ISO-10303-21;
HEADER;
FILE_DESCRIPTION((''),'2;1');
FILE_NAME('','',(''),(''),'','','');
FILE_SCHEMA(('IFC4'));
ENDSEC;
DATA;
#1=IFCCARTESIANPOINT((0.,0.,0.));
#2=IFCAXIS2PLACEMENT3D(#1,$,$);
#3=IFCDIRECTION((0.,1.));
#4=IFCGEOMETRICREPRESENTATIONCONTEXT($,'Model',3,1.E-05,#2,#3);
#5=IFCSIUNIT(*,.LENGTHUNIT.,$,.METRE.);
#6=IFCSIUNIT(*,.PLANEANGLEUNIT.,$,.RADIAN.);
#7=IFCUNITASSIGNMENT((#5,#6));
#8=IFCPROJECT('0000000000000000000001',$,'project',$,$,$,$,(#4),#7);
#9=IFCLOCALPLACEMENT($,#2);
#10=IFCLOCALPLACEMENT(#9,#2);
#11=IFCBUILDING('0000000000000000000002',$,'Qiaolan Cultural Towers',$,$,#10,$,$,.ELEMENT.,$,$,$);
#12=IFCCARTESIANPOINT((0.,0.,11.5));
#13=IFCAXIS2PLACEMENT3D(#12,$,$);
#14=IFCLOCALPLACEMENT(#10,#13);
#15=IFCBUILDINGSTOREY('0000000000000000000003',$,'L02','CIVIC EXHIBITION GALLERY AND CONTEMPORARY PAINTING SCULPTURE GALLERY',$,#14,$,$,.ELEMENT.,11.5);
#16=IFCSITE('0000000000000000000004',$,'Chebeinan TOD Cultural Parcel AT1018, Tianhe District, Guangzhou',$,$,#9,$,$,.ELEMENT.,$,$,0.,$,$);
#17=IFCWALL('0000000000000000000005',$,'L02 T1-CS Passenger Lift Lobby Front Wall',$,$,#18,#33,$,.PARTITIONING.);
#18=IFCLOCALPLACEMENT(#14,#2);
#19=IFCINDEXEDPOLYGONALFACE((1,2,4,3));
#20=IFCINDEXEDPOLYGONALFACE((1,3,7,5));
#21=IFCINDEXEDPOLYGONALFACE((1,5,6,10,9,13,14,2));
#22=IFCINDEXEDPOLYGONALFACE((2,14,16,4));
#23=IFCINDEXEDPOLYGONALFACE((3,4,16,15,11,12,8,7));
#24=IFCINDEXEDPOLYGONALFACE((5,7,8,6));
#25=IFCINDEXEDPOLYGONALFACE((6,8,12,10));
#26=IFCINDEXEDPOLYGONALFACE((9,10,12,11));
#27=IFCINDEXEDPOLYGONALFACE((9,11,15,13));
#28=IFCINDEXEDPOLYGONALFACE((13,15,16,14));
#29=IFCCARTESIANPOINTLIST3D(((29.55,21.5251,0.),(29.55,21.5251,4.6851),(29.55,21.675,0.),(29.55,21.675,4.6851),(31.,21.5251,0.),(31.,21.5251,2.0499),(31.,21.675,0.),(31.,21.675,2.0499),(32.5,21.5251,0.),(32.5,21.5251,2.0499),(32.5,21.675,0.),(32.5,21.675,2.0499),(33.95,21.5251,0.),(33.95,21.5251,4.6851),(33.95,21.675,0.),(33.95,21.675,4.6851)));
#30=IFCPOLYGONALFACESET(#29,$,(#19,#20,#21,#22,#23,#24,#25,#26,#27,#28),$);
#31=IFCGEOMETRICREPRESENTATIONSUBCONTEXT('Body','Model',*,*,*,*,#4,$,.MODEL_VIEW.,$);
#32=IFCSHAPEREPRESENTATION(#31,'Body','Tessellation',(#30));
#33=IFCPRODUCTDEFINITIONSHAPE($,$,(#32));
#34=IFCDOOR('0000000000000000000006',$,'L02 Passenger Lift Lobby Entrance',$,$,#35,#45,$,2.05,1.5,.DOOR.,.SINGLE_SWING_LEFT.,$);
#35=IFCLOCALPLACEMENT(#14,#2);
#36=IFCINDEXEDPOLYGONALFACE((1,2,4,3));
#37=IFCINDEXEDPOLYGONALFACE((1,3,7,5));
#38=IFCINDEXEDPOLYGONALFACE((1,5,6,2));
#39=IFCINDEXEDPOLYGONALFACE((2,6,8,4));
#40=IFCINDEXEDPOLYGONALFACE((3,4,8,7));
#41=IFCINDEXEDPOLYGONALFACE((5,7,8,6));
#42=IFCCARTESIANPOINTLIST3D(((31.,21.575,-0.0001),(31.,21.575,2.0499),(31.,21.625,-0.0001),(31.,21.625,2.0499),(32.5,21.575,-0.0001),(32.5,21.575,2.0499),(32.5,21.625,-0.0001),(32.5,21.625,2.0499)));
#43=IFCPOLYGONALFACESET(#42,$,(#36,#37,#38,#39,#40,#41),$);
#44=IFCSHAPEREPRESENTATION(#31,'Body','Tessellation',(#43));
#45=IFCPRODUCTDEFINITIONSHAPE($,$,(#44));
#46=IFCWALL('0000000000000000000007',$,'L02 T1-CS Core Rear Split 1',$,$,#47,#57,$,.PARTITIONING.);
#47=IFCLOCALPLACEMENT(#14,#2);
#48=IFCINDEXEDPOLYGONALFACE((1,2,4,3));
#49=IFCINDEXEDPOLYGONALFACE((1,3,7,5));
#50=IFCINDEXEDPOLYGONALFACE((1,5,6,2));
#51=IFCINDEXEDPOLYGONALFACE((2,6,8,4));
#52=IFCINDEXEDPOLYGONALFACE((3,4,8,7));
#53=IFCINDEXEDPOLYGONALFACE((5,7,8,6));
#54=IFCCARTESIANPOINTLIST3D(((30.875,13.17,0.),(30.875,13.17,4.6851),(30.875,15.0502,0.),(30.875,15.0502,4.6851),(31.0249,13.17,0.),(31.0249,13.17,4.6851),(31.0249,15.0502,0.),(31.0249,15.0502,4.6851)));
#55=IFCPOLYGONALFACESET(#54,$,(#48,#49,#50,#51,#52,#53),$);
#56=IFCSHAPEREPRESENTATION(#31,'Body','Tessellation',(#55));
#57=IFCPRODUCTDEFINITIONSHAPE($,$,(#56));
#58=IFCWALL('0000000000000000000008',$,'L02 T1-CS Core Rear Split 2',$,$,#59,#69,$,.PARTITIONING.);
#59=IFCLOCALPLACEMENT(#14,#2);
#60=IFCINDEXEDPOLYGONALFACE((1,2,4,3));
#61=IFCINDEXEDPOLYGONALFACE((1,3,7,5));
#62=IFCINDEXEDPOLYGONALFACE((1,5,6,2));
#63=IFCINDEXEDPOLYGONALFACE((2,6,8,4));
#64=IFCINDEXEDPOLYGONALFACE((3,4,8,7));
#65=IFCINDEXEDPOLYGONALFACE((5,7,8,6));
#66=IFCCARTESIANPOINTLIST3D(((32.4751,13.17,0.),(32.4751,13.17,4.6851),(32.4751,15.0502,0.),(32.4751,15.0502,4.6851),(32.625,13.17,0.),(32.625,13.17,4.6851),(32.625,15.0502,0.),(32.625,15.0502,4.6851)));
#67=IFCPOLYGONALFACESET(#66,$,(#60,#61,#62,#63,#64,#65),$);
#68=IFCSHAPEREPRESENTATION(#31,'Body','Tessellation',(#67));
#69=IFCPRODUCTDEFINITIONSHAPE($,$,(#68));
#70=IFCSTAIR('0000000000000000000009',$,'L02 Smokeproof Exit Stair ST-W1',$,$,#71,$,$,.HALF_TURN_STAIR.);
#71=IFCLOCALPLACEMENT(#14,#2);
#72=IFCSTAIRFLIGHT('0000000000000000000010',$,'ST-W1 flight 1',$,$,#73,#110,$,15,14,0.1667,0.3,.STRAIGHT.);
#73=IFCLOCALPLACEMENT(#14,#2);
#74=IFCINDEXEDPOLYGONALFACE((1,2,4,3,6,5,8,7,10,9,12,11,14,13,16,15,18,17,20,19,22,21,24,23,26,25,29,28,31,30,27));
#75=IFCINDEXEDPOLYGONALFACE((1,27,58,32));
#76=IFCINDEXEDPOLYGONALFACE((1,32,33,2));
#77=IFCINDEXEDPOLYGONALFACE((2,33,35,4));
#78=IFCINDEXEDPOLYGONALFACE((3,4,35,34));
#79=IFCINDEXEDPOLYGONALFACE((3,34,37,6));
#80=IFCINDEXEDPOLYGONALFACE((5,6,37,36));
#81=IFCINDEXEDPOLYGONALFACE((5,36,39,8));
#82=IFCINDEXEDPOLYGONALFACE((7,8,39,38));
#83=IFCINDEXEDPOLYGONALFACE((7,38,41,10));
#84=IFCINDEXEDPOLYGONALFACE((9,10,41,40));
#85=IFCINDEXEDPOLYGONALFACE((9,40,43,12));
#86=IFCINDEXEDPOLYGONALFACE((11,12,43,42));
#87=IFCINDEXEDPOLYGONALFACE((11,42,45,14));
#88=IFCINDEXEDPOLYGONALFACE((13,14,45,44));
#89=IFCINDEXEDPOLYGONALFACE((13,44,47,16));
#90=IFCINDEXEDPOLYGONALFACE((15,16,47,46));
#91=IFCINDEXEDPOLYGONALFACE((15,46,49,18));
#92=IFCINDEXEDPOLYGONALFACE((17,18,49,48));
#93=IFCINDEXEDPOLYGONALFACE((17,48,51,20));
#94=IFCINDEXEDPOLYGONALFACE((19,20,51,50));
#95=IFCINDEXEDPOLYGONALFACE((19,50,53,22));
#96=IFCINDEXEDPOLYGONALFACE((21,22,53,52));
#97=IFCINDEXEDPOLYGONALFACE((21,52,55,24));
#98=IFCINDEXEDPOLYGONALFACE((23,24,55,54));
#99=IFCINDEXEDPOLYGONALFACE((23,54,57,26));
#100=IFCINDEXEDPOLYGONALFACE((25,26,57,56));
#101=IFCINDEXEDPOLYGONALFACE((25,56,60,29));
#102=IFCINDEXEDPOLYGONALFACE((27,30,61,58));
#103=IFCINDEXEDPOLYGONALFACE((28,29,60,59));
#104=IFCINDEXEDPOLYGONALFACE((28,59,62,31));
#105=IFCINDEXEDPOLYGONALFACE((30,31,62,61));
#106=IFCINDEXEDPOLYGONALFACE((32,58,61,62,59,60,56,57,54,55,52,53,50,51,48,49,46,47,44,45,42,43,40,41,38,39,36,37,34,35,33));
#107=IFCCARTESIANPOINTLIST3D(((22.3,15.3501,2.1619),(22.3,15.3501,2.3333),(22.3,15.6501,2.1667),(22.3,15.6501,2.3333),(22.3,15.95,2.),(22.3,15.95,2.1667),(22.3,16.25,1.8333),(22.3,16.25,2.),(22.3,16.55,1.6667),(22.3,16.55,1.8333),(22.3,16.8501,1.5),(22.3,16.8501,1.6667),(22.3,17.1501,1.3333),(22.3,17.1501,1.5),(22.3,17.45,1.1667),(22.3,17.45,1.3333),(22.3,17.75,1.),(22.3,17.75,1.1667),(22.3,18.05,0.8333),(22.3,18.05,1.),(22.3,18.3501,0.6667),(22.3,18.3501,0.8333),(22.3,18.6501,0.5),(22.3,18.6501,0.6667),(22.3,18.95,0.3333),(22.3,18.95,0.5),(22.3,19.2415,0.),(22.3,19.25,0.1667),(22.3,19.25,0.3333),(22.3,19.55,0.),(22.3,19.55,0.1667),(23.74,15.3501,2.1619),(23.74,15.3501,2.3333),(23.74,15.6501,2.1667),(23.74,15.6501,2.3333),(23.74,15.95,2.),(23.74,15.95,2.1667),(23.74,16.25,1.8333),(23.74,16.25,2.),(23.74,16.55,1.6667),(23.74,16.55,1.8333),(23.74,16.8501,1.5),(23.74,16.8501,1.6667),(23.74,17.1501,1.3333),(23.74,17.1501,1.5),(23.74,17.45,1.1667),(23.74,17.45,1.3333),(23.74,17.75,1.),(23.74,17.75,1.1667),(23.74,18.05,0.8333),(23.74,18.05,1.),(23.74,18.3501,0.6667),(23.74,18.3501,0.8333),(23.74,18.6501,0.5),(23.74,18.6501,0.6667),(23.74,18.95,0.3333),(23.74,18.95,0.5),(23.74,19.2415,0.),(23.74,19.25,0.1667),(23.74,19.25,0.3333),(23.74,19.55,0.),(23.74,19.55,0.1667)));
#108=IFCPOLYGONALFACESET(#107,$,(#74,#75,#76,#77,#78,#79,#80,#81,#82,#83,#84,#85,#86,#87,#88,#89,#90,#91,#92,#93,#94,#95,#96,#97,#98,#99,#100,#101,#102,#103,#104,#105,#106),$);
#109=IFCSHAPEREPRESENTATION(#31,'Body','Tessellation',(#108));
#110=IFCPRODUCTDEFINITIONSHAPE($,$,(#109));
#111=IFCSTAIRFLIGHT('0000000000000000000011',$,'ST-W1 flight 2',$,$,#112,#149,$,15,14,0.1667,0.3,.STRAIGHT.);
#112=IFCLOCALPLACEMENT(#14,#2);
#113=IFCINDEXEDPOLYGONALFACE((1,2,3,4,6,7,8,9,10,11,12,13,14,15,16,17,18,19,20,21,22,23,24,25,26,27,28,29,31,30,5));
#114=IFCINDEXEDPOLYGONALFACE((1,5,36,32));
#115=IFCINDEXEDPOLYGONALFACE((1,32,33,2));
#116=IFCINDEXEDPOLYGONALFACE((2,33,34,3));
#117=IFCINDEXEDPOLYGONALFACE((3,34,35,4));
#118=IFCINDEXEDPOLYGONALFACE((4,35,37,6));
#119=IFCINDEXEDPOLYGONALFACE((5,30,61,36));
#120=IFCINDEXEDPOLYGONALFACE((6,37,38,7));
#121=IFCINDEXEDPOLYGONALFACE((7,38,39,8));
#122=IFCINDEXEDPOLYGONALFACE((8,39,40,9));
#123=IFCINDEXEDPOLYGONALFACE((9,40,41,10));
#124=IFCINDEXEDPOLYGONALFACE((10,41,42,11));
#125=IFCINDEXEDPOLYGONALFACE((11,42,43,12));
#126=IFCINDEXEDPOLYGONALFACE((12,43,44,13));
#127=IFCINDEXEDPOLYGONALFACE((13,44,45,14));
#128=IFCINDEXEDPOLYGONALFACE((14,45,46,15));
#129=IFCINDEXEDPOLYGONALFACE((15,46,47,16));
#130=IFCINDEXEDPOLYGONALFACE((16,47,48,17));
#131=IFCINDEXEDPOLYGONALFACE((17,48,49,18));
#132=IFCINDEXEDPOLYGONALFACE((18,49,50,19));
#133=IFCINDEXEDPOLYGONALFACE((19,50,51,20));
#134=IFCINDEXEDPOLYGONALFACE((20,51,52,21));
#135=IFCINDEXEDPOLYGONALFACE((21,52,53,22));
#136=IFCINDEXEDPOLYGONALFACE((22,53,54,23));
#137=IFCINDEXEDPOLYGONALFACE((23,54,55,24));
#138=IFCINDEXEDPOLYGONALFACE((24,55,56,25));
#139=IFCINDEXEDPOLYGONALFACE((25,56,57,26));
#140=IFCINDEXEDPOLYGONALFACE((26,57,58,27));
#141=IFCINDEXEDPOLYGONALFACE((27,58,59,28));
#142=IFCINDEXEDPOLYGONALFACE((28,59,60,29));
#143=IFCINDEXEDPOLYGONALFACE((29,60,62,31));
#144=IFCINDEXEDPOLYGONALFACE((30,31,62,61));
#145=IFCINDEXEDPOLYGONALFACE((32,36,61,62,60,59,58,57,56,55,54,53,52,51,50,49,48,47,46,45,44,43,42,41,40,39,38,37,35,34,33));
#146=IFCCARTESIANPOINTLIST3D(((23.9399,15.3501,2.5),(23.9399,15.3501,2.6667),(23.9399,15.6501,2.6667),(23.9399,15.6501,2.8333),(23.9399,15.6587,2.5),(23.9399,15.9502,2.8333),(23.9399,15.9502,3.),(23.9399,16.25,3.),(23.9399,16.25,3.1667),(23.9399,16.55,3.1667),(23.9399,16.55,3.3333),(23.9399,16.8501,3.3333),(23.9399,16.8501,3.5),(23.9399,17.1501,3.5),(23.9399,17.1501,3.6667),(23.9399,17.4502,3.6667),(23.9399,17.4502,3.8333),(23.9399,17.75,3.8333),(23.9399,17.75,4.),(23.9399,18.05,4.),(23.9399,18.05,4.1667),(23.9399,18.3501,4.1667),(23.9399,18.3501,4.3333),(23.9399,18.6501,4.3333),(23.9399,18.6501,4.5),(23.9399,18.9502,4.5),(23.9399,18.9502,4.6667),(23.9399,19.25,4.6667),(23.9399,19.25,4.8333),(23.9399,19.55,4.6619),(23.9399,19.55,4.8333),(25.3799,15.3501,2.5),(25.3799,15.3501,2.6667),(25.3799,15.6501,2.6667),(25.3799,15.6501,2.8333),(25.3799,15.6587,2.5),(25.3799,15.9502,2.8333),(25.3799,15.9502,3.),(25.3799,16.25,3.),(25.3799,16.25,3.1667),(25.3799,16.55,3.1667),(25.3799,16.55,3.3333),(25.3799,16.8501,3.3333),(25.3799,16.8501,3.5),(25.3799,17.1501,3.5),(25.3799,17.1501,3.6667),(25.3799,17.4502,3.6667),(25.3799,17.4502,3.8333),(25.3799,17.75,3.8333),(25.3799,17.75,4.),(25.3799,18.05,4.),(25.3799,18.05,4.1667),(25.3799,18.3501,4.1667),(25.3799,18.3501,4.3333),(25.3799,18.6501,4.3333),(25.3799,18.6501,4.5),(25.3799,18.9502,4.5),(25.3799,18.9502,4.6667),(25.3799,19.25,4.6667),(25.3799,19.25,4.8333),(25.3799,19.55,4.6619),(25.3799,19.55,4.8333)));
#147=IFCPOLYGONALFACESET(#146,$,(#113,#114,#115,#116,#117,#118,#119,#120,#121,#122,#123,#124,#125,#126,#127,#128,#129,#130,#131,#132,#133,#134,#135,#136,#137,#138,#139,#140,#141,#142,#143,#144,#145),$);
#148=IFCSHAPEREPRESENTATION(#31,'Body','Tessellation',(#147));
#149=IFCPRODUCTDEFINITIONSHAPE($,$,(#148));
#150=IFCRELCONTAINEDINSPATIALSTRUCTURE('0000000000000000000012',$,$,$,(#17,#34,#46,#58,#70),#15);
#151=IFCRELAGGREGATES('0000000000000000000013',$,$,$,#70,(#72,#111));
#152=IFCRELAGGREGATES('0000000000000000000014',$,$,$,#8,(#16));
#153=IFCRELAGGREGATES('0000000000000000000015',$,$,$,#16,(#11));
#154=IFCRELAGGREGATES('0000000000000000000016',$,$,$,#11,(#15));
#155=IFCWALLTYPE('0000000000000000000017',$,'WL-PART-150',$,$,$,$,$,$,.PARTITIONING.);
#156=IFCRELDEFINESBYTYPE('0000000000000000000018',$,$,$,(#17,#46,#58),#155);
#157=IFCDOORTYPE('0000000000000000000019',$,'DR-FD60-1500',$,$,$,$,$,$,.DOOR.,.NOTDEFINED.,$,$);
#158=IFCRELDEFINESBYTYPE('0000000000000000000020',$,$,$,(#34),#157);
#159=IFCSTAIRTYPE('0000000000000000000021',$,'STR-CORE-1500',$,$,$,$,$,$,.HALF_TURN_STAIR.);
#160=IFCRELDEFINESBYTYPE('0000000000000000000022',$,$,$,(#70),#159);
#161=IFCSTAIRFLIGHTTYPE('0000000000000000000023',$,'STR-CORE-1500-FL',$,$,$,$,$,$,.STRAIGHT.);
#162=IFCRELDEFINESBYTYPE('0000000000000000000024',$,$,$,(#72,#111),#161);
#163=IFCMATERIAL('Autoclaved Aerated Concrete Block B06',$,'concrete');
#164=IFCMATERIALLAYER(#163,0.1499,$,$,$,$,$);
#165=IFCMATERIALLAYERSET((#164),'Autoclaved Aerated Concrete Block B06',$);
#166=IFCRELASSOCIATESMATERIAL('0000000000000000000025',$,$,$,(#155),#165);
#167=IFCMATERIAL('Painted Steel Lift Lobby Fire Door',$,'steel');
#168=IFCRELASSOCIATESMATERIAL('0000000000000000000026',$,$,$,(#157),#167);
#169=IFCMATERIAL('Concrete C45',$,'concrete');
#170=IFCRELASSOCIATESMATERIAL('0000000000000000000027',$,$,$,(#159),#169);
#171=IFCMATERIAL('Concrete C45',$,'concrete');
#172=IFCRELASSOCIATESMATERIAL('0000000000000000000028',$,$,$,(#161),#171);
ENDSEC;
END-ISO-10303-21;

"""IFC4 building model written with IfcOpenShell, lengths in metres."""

from ifc_helpers import new_model, si_unit, direction, frame, frame_2d, origin, place, context, subcontext, project, spatial, polyline, rectangle, outline, extrude, material, layer, layer_set, type_object, element, fill, aggregate, save


model = new_model("IFC4")

# Units and contexts
model_context = context("Model", 3, precision=1e-05, world=origin(), true_north=direction((0.0, 1.0)))
body_context = subcontext(model_context, "Body", "Model", "MODEL_VIEW")
ifc_project = project(units=[si_unit("LENGTHUNIT", "METRE"), si_unit("PLANEANGLEUNIT", "RADIAN")], contexts=[model_context])

# Site, building, storey
site_placement = place(None, origin())
site = spatial("IfcSite", under=ifc_project, at=site_placement, Name="Chebeinan TOD Cultural Parcel AT1018, Tianhe District, Guangzhou", CompositionType="ELEMENT", RefElevation=0.0)
building_placement = place(site_placement, origin())
building = spatial("IfcBuilding", under=site, at=building_placement, Name="Qiaolan Cultural Towers", CompositionType="ELEMENT")
storey_placement = place(building_placement, frame((0.0, 0.0, 11.5)))
storey = spatial("IfcBuildingStorey", under=building, at=storey_placement, Name="L02", Description="CIVIC EXHIBITION GALLERY AND CONTEMPORARY PAINTING SCULPTURE GALLERY", CompositionType="ELEMENT", Elevation=11.5)

# Wall, opening, door
ifc_material_1 = material(Name="Autoclaved Aerated Concrete Block B06", Category="concrete")
ifc_layer_1 = layer(ifc_material_1, 0.1499)
ifc_layer_set_1 = layer_set([ifc_layer_1], Name="Autoclaved Aerated Concrete Block B06")
wall_type_1 = type_object("IfcWallType", Name="WL-PART-150", PredefinedType="PARTITIONING", material=ifc_layer_set_1)
wall_1_placement = place(storey_placement, frame((29.55, 21.6001, 0.0), z_axis=(0.0, 0.0, 1.0), x_axis=(1.0, 0.0, 0.0)))
wall_1 = element("IfcWall", 1, at=wall_1_placement, inside=storey, type_object=wall_type_1, Name="L02 T1-CS Passenger Lift Lobby Front Wall", PredefinedType="PARTITIONING", context=body_context, shape_type="SweptSolid", body=[
    extrude(rectangle(XDim=4.3999, YDim=0.1499, at=frame_2d((2.2, 0.0))), origin(), (0.0, 0.0, 1.0), 4.6851),
])
opening_1_placement = place(wall_1_placement, frame((1.45, 0.0, 0.0)))
opening_1 = element("IfcOpeningElement", 2, at=opening_1_placement, cuts=wall_1, PredefinedType="OPENING", context=body_context, shape_type="SweptSolid", body=[
    extrude(rectangle(XDim=1.5, YDim=2.05, at=frame_2d((0.75, 1.0249))), frame((0.0, 0.085, 0.0), z_axis=(0.0, -1.0, 0.0), x_axis=(1.0, 0.0, 0.0)), (0.0, 0.0, 1.0), 0.1699),
])
ifc_material_2 = material(Name="Painted Steel Lift Lobby Fire Door", Category="steel")
door_type_1 = type_object("IfcDoorType", Name="DR-FD60-1500", OperationType="NOTDEFINED", PredefinedType="DOOR", material=ifc_material_2)
door_1_placement = place(opening_1_placement, origin())
door_1 = element("IfcDoor", 3, at=door_1_placement, inside=storey, type_object=door_type_1, Name="L02 Passenger Lift Lobby Entrance", OperationType="SINGLE_SWING_LEFT", OverallHeight=2.05, OverallWidth=1.5, PredefinedType="DOOR", context=body_context, shape_type="SweptSolid", body=[
    extrude(rectangle(XDim=1.5, YDim=2.05, at=frame_2d((0.75, 1.0249))), frame((0.0, 0.0249, 0.0), z_axis=(0.0, -1.0, 0.0), x_axis=(1.0, 0.0, 0.0)), (0.0, 0.0, 1.0), 0.05),
])
fill(opening_1, door_1)

# Walls
for number, where, z_axis, x_axis, name in (
    (4, (30.95, 15.05, 0.0), (0.0, 0.0, 1.0), (0.0, -1.0, 0.0), "L02 T1-CS Core Rear Split 1"),
    (5, (32.55, 15.05, 0.0), (0.0, 0.0, 1.0), (0.0, -1.0, 0.0), "L02 T1-CS Core Rear Split 2"),
):
    element("IfcWall", number, at=place(storey_placement, frame(where, z_axis=z_axis, x_axis=x_axis)), inside=storey, type_object=wall_type_1, Name=name, PredefinedType="PARTITIONING", context=body_context, shape_type="SweptSolid", body=[
        extrude(rectangle(XDim=1.8801, YDim=0.1499, at=frame_2d((0.9399, 0.0))), origin(), (0.0, 0.0, 1.0), 4.6851),
    ])

# Stair, stair flights
ifc_material_3 = material(Name="Concrete C45", Category="concrete")
stair_type = type_object("IfcStairType", Name="STR-CORE-1500", PredefinedType="HALF_TURN_STAIR", material=ifc_material_3)
stair_placement = place(storey_placement, origin())
stair = element("IfcStair", 6, at=stair_placement, inside=storey, type_object=stair_type, Name="L02 Smokeproof Exit Stair ST-W1", PredefinedType="HALF_TURN_STAIR")
ifc_material_4 = material(Name="Concrete C45", Category="concrete")
stair_flight_type = type_object("IfcStairFlightType", Name="STR-CORE-1500-FL", PredefinedType="STRAIGHT", material=ifc_material_4)
stair_flight_1_placement = place(storey_placement, frame((23.02, 19.55, 0.0), z_axis=(0.0, 0.0, 1.0), x_axis=(0.0, -1.0, 0.0)))
stair_flight_1 = element("IfcStairFlight", 7, at=stair_flight_1_placement, type_object=stair_flight_type, Name="ST-W1 flight 1", NumberOfRisers=15, NumberOfTreads=14, PredefinedType="STRAIGHT", RiserHeight=0.1667, TreadLength=0.3, context=body_context, shape_type="SweptSolid", body=[
    extrude(outline(polyline([(0.0, 0.0), (0.0, 0.1667), (0.3, 0.1667), (0.3, 0.3333), (0.6001, 0.3333), (0.6001, 0.5), (0.8999, 0.5), (0.8999, 0.6667), (1.2, 0.6667), (1.2, 0.8333), (1.5, 0.8333), (1.5, 1.0), (1.8, 1.0), (1.8, 1.1667), (2.1001, 1.1667), (2.1001, 1.3333), (2.3999, 1.3333), (2.3999, 1.5), (2.7, 1.5), (2.7, 1.6667), (3.0, 1.6667), (3.0, 1.8333), (3.3, 1.8333), (3.3, 2.0), (3.6001, 2.0), (3.6001, 2.1667), (3.8999, 2.1667), (3.8999, 2.3333), (4.2, 2.3333), (4.2, 2.5), (4.2, 2.1619), (0.3086, 0.0), (0.0, 0.0)])), frame((0.0, 0.72, 0.0), z_axis=(0.0, -1.0, 0.0), x_axis=(1.0, 0.0, 0.0)), (0.0, 0.0, 1.0), 1.4399),
])
stair_flight_2_placement = place(storey_placement, frame((24.6599, 15.3501, 2.5), z_axis=(0.0, 0.0, 1.0), x_axis=(0.0, 1.0, 0.0)))
stair_flight_2 = element("IfcStairFlight", 8, at=stair_flight_2_placement, type_object=stair_flight_type, Name="ST-W1 flight 2", NumberOfRisers=15, NumberOfTreads=14, PredefinedType="STRAIGHT", RiserHeight=0.1667, TreadLength=0.3, context=body_context, shape_type="SweptSolid", body=[
    extrude(outline(polyline([(0.0, 0.0), (0.0, 0.1667), (0.3, 0.1667), (0.3, 0.3333), (0.6001, 0.3333), (0.6001, 0.5), (0.8999, 0.5), (0.8999, 0.6667), (1.2, 0.6667), (1.2, 0.8333), (1.5, 0.8333), (1.5, 1.0), (1.8, 1.0), (1.8, 1.1667), (2.1001, 1.1667), (2.1001, 1.3333), (2.3999, 1.3333), (2.3999, 1.5), (2.7, 1.5), (2.7, 1.6667), (3.0, 1.6667), (3.0, 1.8333), (3.3, 1.8333), (3.3, 2.0), (3.6001, 2.0), (3.6001, 2.1667), (3.8999, 2.1667), (3.8999, 2.3333), (4.2, 2.3333), (4.2, 2.5), (4.2, 2.1619), (0.3086, 0.0), (0.0, 0.0)])), frame((0.0, 0.72, 0.0), z_axis=(0.0, -1.0, 0.0), x_axis=(1.0, 0.0, 0.0)), (0.0, 0.0, 1.0), 1.4399),
])
aggregate(stair, [stair_flight_1, stair_flight_2])

save(model, "model.ifc")
